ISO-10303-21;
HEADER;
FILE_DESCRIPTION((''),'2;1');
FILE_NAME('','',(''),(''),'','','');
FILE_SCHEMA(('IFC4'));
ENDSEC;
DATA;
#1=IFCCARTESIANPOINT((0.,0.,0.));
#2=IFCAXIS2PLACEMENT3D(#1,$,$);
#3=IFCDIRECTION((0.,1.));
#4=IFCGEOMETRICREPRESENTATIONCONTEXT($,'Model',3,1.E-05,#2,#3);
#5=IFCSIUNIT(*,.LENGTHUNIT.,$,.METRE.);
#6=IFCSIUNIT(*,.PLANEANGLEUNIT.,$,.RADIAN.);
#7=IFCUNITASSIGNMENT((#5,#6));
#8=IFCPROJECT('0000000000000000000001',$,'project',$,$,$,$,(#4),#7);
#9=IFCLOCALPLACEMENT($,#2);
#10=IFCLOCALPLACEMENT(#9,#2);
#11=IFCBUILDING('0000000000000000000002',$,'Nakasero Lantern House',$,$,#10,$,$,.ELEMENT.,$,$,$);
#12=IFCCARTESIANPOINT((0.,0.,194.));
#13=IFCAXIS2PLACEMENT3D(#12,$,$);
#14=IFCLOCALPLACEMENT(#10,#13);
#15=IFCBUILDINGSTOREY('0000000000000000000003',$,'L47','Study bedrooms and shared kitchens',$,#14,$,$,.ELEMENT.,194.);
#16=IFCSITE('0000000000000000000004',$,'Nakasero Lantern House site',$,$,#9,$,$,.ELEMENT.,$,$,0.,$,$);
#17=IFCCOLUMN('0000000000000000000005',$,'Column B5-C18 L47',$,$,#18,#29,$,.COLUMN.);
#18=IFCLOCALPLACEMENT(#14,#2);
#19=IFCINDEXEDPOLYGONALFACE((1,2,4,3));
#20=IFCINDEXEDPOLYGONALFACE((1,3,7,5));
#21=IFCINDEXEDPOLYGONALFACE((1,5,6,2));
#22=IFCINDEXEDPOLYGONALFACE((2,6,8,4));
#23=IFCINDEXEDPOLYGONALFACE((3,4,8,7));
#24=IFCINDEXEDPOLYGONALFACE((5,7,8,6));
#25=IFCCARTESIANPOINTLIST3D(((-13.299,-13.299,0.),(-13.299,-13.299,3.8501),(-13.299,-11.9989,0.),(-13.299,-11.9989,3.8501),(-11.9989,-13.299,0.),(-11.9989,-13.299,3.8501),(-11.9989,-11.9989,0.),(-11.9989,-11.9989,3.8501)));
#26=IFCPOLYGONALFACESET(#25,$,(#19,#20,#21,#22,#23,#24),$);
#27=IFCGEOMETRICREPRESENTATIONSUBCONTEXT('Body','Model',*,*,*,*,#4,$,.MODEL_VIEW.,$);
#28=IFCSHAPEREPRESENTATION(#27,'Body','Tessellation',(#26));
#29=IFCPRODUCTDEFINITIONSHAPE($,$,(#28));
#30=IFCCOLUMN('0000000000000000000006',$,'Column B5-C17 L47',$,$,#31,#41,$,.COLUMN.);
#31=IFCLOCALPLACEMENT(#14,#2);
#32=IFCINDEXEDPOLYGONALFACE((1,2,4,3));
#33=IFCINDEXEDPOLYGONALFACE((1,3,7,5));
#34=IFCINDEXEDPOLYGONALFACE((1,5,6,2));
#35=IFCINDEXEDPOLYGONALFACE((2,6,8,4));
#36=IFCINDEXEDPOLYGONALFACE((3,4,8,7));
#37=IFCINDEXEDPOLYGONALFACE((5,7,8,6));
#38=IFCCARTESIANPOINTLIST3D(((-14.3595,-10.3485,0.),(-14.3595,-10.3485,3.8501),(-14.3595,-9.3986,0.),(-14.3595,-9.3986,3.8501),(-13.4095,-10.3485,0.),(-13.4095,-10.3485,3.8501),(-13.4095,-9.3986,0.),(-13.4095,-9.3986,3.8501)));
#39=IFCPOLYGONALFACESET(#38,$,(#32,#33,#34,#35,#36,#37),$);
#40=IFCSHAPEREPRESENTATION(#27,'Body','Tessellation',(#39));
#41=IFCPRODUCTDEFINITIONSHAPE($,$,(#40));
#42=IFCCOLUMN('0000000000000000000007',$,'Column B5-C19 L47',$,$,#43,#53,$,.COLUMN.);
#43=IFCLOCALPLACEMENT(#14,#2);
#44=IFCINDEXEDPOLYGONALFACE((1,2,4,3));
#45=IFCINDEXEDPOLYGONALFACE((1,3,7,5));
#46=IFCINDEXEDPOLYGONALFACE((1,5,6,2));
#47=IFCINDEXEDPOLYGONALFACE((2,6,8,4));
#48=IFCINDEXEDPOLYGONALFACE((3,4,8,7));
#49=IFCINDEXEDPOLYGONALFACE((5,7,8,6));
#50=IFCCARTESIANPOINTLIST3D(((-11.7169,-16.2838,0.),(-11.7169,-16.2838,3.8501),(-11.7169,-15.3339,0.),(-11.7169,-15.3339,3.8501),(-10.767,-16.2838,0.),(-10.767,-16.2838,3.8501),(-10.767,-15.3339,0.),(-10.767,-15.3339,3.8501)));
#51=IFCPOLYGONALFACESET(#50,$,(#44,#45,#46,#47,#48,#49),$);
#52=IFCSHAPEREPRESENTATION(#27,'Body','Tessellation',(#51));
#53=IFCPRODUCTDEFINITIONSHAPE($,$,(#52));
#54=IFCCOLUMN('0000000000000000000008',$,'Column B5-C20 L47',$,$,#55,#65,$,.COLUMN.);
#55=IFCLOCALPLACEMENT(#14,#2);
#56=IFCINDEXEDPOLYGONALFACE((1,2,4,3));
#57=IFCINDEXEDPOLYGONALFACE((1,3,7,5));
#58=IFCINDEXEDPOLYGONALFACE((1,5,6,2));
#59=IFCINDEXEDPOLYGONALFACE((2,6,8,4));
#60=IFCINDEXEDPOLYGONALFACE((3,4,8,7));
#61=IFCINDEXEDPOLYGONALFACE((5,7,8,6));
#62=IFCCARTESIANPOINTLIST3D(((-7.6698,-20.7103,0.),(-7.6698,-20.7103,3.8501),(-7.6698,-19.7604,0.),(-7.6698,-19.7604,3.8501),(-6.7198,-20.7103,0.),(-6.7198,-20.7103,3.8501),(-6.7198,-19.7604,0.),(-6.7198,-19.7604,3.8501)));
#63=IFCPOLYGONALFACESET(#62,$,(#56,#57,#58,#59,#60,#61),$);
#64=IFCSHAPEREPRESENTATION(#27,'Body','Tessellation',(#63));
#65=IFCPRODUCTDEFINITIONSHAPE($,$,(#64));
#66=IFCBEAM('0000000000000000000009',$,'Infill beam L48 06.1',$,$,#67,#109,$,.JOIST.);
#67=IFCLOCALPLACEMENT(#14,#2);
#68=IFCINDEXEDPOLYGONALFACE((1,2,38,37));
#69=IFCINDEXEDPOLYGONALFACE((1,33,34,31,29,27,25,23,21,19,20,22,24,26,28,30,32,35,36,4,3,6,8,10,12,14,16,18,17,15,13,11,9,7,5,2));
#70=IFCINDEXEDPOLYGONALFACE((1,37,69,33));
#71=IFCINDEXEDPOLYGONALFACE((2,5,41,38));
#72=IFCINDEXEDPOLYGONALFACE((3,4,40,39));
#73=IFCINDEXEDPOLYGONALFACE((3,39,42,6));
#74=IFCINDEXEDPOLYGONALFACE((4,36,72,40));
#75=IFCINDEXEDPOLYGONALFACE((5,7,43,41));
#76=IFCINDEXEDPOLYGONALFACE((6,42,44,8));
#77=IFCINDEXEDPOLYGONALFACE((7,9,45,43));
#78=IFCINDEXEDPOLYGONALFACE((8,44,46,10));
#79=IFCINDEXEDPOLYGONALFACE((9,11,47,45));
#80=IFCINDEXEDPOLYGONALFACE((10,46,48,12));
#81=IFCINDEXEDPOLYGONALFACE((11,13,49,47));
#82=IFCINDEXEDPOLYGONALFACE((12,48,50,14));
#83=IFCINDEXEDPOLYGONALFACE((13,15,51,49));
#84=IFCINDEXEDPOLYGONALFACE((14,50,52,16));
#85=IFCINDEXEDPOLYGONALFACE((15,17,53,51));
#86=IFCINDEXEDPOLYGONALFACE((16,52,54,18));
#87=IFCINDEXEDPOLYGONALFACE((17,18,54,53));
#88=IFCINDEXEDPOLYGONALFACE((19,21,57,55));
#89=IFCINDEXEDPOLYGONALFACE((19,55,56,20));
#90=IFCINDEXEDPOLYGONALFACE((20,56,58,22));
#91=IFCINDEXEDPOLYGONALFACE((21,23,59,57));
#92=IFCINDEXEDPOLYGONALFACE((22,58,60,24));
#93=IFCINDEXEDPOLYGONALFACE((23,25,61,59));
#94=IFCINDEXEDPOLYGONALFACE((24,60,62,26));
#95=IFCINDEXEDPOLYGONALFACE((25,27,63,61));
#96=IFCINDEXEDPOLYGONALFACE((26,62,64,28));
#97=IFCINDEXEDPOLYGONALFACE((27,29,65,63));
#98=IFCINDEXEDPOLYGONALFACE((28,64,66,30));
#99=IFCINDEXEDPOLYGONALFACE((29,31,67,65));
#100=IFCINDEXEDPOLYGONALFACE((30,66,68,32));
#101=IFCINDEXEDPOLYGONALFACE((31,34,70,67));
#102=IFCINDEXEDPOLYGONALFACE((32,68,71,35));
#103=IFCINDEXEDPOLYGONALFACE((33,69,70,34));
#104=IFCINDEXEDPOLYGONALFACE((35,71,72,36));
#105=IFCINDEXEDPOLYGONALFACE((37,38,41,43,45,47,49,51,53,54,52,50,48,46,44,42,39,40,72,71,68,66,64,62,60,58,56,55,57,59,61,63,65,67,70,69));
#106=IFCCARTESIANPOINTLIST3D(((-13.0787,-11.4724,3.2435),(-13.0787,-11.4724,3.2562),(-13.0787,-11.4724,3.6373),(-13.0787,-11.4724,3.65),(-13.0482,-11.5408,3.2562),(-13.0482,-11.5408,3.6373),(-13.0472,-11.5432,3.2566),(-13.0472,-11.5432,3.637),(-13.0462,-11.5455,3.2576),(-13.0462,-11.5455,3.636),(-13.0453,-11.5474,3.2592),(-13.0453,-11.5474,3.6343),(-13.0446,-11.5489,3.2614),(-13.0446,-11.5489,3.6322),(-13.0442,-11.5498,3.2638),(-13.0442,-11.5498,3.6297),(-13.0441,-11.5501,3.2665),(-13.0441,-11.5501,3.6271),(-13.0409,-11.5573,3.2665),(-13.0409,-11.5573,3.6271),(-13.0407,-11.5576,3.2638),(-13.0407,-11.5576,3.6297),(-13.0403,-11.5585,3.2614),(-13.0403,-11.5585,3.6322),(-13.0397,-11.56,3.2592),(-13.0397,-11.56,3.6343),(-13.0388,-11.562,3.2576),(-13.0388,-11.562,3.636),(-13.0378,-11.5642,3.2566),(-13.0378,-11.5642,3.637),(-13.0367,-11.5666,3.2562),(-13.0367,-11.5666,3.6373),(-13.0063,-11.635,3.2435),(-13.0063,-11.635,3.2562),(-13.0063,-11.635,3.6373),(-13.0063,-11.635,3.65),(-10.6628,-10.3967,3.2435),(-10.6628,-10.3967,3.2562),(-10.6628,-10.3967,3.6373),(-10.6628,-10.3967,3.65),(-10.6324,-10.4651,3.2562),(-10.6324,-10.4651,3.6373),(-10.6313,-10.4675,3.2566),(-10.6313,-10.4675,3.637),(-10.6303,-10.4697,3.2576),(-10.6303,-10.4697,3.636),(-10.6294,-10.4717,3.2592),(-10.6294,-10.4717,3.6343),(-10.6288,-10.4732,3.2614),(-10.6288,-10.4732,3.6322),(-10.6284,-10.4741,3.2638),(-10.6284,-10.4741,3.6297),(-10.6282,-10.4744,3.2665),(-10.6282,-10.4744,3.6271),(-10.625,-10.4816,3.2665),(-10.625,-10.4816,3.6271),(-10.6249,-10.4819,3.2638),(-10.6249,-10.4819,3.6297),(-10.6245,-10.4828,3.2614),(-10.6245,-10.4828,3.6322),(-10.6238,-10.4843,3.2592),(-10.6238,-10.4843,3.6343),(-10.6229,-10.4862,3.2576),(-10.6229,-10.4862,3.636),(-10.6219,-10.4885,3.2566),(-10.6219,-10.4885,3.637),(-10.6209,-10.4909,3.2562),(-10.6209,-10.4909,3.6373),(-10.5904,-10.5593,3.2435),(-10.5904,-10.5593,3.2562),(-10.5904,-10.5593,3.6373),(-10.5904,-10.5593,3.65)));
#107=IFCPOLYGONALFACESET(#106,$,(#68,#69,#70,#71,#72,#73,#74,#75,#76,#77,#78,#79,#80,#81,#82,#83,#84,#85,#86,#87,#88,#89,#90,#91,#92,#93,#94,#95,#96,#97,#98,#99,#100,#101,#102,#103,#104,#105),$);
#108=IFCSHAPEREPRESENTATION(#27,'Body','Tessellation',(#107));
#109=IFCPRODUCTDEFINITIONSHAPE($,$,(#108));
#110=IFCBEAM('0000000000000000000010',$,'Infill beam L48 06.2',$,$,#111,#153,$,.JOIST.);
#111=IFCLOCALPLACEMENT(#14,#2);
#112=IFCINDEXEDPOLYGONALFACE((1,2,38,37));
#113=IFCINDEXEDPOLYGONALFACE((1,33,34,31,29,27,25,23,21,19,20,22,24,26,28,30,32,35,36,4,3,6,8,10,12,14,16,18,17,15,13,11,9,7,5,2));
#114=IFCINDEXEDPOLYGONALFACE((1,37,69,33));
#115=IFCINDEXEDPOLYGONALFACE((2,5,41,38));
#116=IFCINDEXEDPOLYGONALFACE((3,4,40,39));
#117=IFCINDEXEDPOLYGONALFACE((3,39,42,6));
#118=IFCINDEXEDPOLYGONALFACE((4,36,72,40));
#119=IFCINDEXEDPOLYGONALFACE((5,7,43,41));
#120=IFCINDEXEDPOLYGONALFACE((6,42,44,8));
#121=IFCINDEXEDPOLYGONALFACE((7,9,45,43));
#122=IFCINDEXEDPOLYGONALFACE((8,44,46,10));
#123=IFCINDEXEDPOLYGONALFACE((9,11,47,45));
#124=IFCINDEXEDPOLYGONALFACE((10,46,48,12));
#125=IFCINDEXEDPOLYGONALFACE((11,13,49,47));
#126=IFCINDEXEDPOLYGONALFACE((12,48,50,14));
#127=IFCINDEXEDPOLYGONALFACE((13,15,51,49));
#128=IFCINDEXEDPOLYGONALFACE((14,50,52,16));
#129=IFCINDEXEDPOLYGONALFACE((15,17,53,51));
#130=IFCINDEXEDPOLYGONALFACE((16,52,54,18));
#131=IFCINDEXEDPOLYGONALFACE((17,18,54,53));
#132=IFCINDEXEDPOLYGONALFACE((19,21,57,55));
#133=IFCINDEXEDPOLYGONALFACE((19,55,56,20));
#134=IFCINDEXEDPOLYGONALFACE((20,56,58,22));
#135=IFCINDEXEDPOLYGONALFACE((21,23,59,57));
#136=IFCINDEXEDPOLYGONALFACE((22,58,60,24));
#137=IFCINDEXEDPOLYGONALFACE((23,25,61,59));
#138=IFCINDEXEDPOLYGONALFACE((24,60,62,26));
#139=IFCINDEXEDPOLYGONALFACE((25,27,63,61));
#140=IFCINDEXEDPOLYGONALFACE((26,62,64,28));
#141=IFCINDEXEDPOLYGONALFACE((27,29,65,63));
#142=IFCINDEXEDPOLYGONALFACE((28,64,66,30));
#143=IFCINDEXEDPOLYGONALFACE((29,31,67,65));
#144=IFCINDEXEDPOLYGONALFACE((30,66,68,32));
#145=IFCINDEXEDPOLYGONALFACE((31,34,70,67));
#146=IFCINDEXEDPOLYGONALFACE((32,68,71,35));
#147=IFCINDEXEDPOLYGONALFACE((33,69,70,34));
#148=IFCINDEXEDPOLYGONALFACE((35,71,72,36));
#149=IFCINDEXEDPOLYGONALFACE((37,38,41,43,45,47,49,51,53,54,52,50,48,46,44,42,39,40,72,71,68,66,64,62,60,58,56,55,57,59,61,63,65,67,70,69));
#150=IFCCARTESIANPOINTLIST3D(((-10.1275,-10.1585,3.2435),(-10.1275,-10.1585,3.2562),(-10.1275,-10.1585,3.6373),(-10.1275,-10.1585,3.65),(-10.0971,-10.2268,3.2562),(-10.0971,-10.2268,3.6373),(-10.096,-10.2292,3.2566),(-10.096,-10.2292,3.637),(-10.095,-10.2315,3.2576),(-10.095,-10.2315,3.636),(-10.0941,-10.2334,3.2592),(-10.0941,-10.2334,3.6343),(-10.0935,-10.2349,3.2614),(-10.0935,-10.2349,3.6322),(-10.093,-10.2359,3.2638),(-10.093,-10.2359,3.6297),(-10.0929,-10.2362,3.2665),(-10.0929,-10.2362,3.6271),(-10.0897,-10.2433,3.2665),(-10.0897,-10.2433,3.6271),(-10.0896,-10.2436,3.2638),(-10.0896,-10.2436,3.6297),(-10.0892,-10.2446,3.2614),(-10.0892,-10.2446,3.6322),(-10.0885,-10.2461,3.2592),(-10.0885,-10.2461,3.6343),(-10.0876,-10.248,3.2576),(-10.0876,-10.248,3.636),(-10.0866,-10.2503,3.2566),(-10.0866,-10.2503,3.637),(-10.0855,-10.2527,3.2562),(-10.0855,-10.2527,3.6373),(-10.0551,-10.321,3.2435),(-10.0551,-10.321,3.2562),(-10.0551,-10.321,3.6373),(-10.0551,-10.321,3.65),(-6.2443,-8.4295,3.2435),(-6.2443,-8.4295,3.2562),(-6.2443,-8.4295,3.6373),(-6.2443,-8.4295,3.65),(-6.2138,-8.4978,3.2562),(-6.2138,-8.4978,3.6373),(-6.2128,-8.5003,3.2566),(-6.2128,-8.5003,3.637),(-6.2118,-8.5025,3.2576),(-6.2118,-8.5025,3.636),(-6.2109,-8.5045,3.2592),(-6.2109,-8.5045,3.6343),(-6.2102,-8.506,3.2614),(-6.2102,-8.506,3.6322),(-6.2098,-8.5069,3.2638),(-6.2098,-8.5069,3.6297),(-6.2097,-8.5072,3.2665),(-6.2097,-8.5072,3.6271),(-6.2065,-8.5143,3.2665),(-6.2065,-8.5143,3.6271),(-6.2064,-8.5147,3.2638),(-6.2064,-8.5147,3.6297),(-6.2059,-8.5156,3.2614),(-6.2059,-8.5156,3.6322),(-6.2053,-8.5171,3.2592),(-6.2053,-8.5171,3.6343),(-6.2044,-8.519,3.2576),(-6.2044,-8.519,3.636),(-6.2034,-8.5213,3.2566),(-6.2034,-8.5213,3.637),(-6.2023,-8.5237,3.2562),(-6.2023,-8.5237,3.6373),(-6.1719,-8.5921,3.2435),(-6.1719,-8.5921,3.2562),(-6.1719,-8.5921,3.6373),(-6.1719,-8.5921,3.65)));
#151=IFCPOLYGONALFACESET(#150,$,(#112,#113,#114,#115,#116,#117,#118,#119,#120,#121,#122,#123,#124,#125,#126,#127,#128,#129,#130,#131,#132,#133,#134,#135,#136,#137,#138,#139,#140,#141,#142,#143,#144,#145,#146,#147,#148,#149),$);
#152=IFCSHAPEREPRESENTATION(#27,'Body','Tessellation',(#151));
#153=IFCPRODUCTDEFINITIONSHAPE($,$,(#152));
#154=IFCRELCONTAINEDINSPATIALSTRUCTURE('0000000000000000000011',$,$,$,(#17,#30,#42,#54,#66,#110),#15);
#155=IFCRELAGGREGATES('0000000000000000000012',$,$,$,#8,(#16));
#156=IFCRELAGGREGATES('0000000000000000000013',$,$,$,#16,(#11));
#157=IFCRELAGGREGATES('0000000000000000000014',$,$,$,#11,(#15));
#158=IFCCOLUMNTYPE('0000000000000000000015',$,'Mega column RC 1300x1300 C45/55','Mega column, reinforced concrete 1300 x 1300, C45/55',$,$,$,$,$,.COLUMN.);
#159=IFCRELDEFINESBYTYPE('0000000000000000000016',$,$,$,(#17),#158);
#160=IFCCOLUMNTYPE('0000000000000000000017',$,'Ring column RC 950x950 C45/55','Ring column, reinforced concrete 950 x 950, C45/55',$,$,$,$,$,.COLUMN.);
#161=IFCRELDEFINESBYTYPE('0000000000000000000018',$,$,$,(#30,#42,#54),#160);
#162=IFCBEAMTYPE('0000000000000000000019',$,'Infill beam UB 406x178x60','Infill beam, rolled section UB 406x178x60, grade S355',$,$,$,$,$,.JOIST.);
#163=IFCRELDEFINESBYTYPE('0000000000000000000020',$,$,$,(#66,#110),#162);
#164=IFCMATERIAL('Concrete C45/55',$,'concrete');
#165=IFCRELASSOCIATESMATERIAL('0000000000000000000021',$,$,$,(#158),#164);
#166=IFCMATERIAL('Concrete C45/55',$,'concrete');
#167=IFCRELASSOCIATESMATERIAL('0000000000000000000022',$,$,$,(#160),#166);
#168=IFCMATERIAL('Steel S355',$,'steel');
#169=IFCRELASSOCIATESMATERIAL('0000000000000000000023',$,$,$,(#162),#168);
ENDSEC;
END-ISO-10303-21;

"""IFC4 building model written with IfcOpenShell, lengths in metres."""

from ifc_helpers import new_model, si_unit, direction, frame, origin, origin_2d, place, context, subcontext, project, spatial, rectangle, i_section, extrude, material, material_profile, profile_set, type_object, element, save


model = new_model("IFC4")

# Units and contexts
model_context = context("Model", 3, precision=1e-05, world=origin(), true_north=direction((0.0, 1.0)))
body_context = subcontext(model_context, "Body", "Model", "MODEL_VIEW")
ifc_project = project(units=[si_unit("LENGTHUNIT", "METRE"), si_unit("PLANEANGLEUNIT", "RADIAN")], contexts=[model_context])

# Site, building, storey
site_placement = place(None, origin())
site = spatial("IfcSite", under=ifc_project, at=site_placement, Name="Nakasero Lantern House site", CompositionType="ELEMENT", RefElevation=0.0)
building_placement = place(site_placement, origin())
building = spatial("IfcBuilding", under=site, at=building_placement, Name="Nakasero Lantern House", CompositionType="ELEMENT")
storey_placement = place(building_placement, frame((0.0, 0.0, 194.0)))
storey = spatial("IfcBuildingStorey", under=building, at=storey_placement, Name="L47", Description="Study bedrooms and shared kitchens", CompositionType="ELEMENT", Elevation=194.0)

# Columns
ifc_material_1 = material(Name="Concrete C45/55", Category="concrete")
ifc_material_profile_1 = material_profile(ifc_material_1, rectangle(XDim=1.3, YDim=1.3, at=origin_2d()), Name="RC 1300x1300")
ifc_profile_set_1 = profile_set([ifc_material_profile_1], Name="Concrete C45/55")
column_type_1 = type_object("IfcColumnType", Name="Mega column RC 1300x1300 C45/55", Description="Mega column, reinforced concrete 1300 x 1300, C45/55", PredefinedType="COLUMN", material=ifc_profile_set_1)
column_placement = place(storey_placement, frame((-12.6489, -12.6489, 0.0), z_axis=(0.0, 0.0, 1.0), x_axis=(1.0, 0.0, 0.0)))
element("IfcColumn", 1, at=column_placement, inside=storey, type_object=column_type_1, Name="Column B5-C18 L47", PredefinedType="COLUMN", context=body_context, shape_type="SweptSolid", body=[
    extrude(rectangle(XDim=1.3, YDim=1.3, at=origin_2d()), origin(), (0.0, 0.0, 1.0), 3.8501),
])
ifc_material_2 = material(Name="Concrete C45/55", Category="concrete")
ifc_material_profile_2 = material_profile(ifc_material_2, rectangle(XDim=0.95, YDim=0.95, at=origin_2d()), Name="RC 950x950")
ifc_profile_set_2 = profile_set([ifc_material_profile_2], Name="Concrete C45/55")
column_type_2 = type_object("IfcColumnType", Name="Ring column RC 950x950 C45/55", Description="Ring column, reinforced concrete 950 x 950, C45/55", PredefinedType="COLUMN", material=ifc_profile_set_2)
for number, where, z_axis, x_axis, name in (
    (2, (-13.8845, -9.8735, 0.0), (0.0, 0.0, 1.0), (1.0, 0.0, 0.0), "Column B5-C17 L47"),
    (3, (-11.2419, -15.8088, 0.0), (0.0, 0.0, 1.0), (1.0, 0.0, 0.0), "Column B5-C19 L47"),
    (4, (-7.1948, -20.2354, 0.0), (0.0, 0.0, 1.0), (1.0, 0.0, 0.0), "Column B5-C20 L47"),
):
    element("IfcColumn", number, at=place(storey_placement, frame(where, z_axis=z_axis, x_axis=x_axis)), inside=storey, type_object=column_type_2, Name=name, PredefinedType="COLUMN", context=body_context, shape_type="SweptSolid", body=[
        extrude(rectangle(XDim=0.95, YDim=0.95, at=origin_2d()), origin(), (0.0, 0.0, 1.0), 3.8501),
    ])

# Beams
ifc_material_3 = material(Name="Steel S355", Category="steel")
ifc_material_profile_3 = material_profile(ifc_material_3, i_section(OverallWidth=0.178, OverallDepth=0.4065, WebThickness=0.0078, FlangeThickness=0.0127, FilletRadius=0.0103, at=origin_2d()), Name="UB 406x178x60")
ifc_profile_set_3 = profile_set([ifc_material_profile_3], Name="Steel S355")
beam_type_1 = type_object("IfcBeamType", Name="Infill beam UB 406x178x60", Description="Infill beam, rolled section UB 406x178x60, grade S355", PredefinedType="JOIST", material=ifc_profile_set_3)
beam_1_placement = place(storey_placement, frame((-13.0425, -11.5537, 3.4468), z_axis=(0.91353, 0.406772, 0.0), x_axis=(-0.406772, 0.91353, 0.0)))
element("IfcBeam", 5, at=beam_1_placement, inside=storey, type_object=beam_type_1, Name="Infill beam L48 06.1", PredefinedType="JOIST", context=body_context, shape_type="SweptSolid", body=[
    extrude(i_section(OverallWidth=0.178, OverallDepth=0.4065, WebThickness=0.0078, FlangeThickness=0.0127, FilletRadius=0.0103, at=origin_2d()), origin(), (0.0, 0.0, 1.0), 2.6445),
])
beam_2_placement = place(storey_placement, frame((-10.0913, -10.2397, 3.4468), z_axis=(0.913541, 0.406746, 0.0), x_axis=(-0.406746, 0.913541, 0.0)))
element("IfcBeam", 6, at=beam_2_placement, inside=storey, type_object=beam_type_1, Name="Infill beam L48 06.2", PredefinedType="JOIST", context=body_context, shape_type="SweptSolid", body=[
    extrude(i_section(OverallWidth=0.178, OverallDepth=0.4065, WebThickness=0.0078, FlangeThickness=0.0127, FilletRadius=0.0103, at=origin_2d()), origin(), (0.0, 0.0, 1.0), 4.2507),
])

save(model, "model.ifc")
